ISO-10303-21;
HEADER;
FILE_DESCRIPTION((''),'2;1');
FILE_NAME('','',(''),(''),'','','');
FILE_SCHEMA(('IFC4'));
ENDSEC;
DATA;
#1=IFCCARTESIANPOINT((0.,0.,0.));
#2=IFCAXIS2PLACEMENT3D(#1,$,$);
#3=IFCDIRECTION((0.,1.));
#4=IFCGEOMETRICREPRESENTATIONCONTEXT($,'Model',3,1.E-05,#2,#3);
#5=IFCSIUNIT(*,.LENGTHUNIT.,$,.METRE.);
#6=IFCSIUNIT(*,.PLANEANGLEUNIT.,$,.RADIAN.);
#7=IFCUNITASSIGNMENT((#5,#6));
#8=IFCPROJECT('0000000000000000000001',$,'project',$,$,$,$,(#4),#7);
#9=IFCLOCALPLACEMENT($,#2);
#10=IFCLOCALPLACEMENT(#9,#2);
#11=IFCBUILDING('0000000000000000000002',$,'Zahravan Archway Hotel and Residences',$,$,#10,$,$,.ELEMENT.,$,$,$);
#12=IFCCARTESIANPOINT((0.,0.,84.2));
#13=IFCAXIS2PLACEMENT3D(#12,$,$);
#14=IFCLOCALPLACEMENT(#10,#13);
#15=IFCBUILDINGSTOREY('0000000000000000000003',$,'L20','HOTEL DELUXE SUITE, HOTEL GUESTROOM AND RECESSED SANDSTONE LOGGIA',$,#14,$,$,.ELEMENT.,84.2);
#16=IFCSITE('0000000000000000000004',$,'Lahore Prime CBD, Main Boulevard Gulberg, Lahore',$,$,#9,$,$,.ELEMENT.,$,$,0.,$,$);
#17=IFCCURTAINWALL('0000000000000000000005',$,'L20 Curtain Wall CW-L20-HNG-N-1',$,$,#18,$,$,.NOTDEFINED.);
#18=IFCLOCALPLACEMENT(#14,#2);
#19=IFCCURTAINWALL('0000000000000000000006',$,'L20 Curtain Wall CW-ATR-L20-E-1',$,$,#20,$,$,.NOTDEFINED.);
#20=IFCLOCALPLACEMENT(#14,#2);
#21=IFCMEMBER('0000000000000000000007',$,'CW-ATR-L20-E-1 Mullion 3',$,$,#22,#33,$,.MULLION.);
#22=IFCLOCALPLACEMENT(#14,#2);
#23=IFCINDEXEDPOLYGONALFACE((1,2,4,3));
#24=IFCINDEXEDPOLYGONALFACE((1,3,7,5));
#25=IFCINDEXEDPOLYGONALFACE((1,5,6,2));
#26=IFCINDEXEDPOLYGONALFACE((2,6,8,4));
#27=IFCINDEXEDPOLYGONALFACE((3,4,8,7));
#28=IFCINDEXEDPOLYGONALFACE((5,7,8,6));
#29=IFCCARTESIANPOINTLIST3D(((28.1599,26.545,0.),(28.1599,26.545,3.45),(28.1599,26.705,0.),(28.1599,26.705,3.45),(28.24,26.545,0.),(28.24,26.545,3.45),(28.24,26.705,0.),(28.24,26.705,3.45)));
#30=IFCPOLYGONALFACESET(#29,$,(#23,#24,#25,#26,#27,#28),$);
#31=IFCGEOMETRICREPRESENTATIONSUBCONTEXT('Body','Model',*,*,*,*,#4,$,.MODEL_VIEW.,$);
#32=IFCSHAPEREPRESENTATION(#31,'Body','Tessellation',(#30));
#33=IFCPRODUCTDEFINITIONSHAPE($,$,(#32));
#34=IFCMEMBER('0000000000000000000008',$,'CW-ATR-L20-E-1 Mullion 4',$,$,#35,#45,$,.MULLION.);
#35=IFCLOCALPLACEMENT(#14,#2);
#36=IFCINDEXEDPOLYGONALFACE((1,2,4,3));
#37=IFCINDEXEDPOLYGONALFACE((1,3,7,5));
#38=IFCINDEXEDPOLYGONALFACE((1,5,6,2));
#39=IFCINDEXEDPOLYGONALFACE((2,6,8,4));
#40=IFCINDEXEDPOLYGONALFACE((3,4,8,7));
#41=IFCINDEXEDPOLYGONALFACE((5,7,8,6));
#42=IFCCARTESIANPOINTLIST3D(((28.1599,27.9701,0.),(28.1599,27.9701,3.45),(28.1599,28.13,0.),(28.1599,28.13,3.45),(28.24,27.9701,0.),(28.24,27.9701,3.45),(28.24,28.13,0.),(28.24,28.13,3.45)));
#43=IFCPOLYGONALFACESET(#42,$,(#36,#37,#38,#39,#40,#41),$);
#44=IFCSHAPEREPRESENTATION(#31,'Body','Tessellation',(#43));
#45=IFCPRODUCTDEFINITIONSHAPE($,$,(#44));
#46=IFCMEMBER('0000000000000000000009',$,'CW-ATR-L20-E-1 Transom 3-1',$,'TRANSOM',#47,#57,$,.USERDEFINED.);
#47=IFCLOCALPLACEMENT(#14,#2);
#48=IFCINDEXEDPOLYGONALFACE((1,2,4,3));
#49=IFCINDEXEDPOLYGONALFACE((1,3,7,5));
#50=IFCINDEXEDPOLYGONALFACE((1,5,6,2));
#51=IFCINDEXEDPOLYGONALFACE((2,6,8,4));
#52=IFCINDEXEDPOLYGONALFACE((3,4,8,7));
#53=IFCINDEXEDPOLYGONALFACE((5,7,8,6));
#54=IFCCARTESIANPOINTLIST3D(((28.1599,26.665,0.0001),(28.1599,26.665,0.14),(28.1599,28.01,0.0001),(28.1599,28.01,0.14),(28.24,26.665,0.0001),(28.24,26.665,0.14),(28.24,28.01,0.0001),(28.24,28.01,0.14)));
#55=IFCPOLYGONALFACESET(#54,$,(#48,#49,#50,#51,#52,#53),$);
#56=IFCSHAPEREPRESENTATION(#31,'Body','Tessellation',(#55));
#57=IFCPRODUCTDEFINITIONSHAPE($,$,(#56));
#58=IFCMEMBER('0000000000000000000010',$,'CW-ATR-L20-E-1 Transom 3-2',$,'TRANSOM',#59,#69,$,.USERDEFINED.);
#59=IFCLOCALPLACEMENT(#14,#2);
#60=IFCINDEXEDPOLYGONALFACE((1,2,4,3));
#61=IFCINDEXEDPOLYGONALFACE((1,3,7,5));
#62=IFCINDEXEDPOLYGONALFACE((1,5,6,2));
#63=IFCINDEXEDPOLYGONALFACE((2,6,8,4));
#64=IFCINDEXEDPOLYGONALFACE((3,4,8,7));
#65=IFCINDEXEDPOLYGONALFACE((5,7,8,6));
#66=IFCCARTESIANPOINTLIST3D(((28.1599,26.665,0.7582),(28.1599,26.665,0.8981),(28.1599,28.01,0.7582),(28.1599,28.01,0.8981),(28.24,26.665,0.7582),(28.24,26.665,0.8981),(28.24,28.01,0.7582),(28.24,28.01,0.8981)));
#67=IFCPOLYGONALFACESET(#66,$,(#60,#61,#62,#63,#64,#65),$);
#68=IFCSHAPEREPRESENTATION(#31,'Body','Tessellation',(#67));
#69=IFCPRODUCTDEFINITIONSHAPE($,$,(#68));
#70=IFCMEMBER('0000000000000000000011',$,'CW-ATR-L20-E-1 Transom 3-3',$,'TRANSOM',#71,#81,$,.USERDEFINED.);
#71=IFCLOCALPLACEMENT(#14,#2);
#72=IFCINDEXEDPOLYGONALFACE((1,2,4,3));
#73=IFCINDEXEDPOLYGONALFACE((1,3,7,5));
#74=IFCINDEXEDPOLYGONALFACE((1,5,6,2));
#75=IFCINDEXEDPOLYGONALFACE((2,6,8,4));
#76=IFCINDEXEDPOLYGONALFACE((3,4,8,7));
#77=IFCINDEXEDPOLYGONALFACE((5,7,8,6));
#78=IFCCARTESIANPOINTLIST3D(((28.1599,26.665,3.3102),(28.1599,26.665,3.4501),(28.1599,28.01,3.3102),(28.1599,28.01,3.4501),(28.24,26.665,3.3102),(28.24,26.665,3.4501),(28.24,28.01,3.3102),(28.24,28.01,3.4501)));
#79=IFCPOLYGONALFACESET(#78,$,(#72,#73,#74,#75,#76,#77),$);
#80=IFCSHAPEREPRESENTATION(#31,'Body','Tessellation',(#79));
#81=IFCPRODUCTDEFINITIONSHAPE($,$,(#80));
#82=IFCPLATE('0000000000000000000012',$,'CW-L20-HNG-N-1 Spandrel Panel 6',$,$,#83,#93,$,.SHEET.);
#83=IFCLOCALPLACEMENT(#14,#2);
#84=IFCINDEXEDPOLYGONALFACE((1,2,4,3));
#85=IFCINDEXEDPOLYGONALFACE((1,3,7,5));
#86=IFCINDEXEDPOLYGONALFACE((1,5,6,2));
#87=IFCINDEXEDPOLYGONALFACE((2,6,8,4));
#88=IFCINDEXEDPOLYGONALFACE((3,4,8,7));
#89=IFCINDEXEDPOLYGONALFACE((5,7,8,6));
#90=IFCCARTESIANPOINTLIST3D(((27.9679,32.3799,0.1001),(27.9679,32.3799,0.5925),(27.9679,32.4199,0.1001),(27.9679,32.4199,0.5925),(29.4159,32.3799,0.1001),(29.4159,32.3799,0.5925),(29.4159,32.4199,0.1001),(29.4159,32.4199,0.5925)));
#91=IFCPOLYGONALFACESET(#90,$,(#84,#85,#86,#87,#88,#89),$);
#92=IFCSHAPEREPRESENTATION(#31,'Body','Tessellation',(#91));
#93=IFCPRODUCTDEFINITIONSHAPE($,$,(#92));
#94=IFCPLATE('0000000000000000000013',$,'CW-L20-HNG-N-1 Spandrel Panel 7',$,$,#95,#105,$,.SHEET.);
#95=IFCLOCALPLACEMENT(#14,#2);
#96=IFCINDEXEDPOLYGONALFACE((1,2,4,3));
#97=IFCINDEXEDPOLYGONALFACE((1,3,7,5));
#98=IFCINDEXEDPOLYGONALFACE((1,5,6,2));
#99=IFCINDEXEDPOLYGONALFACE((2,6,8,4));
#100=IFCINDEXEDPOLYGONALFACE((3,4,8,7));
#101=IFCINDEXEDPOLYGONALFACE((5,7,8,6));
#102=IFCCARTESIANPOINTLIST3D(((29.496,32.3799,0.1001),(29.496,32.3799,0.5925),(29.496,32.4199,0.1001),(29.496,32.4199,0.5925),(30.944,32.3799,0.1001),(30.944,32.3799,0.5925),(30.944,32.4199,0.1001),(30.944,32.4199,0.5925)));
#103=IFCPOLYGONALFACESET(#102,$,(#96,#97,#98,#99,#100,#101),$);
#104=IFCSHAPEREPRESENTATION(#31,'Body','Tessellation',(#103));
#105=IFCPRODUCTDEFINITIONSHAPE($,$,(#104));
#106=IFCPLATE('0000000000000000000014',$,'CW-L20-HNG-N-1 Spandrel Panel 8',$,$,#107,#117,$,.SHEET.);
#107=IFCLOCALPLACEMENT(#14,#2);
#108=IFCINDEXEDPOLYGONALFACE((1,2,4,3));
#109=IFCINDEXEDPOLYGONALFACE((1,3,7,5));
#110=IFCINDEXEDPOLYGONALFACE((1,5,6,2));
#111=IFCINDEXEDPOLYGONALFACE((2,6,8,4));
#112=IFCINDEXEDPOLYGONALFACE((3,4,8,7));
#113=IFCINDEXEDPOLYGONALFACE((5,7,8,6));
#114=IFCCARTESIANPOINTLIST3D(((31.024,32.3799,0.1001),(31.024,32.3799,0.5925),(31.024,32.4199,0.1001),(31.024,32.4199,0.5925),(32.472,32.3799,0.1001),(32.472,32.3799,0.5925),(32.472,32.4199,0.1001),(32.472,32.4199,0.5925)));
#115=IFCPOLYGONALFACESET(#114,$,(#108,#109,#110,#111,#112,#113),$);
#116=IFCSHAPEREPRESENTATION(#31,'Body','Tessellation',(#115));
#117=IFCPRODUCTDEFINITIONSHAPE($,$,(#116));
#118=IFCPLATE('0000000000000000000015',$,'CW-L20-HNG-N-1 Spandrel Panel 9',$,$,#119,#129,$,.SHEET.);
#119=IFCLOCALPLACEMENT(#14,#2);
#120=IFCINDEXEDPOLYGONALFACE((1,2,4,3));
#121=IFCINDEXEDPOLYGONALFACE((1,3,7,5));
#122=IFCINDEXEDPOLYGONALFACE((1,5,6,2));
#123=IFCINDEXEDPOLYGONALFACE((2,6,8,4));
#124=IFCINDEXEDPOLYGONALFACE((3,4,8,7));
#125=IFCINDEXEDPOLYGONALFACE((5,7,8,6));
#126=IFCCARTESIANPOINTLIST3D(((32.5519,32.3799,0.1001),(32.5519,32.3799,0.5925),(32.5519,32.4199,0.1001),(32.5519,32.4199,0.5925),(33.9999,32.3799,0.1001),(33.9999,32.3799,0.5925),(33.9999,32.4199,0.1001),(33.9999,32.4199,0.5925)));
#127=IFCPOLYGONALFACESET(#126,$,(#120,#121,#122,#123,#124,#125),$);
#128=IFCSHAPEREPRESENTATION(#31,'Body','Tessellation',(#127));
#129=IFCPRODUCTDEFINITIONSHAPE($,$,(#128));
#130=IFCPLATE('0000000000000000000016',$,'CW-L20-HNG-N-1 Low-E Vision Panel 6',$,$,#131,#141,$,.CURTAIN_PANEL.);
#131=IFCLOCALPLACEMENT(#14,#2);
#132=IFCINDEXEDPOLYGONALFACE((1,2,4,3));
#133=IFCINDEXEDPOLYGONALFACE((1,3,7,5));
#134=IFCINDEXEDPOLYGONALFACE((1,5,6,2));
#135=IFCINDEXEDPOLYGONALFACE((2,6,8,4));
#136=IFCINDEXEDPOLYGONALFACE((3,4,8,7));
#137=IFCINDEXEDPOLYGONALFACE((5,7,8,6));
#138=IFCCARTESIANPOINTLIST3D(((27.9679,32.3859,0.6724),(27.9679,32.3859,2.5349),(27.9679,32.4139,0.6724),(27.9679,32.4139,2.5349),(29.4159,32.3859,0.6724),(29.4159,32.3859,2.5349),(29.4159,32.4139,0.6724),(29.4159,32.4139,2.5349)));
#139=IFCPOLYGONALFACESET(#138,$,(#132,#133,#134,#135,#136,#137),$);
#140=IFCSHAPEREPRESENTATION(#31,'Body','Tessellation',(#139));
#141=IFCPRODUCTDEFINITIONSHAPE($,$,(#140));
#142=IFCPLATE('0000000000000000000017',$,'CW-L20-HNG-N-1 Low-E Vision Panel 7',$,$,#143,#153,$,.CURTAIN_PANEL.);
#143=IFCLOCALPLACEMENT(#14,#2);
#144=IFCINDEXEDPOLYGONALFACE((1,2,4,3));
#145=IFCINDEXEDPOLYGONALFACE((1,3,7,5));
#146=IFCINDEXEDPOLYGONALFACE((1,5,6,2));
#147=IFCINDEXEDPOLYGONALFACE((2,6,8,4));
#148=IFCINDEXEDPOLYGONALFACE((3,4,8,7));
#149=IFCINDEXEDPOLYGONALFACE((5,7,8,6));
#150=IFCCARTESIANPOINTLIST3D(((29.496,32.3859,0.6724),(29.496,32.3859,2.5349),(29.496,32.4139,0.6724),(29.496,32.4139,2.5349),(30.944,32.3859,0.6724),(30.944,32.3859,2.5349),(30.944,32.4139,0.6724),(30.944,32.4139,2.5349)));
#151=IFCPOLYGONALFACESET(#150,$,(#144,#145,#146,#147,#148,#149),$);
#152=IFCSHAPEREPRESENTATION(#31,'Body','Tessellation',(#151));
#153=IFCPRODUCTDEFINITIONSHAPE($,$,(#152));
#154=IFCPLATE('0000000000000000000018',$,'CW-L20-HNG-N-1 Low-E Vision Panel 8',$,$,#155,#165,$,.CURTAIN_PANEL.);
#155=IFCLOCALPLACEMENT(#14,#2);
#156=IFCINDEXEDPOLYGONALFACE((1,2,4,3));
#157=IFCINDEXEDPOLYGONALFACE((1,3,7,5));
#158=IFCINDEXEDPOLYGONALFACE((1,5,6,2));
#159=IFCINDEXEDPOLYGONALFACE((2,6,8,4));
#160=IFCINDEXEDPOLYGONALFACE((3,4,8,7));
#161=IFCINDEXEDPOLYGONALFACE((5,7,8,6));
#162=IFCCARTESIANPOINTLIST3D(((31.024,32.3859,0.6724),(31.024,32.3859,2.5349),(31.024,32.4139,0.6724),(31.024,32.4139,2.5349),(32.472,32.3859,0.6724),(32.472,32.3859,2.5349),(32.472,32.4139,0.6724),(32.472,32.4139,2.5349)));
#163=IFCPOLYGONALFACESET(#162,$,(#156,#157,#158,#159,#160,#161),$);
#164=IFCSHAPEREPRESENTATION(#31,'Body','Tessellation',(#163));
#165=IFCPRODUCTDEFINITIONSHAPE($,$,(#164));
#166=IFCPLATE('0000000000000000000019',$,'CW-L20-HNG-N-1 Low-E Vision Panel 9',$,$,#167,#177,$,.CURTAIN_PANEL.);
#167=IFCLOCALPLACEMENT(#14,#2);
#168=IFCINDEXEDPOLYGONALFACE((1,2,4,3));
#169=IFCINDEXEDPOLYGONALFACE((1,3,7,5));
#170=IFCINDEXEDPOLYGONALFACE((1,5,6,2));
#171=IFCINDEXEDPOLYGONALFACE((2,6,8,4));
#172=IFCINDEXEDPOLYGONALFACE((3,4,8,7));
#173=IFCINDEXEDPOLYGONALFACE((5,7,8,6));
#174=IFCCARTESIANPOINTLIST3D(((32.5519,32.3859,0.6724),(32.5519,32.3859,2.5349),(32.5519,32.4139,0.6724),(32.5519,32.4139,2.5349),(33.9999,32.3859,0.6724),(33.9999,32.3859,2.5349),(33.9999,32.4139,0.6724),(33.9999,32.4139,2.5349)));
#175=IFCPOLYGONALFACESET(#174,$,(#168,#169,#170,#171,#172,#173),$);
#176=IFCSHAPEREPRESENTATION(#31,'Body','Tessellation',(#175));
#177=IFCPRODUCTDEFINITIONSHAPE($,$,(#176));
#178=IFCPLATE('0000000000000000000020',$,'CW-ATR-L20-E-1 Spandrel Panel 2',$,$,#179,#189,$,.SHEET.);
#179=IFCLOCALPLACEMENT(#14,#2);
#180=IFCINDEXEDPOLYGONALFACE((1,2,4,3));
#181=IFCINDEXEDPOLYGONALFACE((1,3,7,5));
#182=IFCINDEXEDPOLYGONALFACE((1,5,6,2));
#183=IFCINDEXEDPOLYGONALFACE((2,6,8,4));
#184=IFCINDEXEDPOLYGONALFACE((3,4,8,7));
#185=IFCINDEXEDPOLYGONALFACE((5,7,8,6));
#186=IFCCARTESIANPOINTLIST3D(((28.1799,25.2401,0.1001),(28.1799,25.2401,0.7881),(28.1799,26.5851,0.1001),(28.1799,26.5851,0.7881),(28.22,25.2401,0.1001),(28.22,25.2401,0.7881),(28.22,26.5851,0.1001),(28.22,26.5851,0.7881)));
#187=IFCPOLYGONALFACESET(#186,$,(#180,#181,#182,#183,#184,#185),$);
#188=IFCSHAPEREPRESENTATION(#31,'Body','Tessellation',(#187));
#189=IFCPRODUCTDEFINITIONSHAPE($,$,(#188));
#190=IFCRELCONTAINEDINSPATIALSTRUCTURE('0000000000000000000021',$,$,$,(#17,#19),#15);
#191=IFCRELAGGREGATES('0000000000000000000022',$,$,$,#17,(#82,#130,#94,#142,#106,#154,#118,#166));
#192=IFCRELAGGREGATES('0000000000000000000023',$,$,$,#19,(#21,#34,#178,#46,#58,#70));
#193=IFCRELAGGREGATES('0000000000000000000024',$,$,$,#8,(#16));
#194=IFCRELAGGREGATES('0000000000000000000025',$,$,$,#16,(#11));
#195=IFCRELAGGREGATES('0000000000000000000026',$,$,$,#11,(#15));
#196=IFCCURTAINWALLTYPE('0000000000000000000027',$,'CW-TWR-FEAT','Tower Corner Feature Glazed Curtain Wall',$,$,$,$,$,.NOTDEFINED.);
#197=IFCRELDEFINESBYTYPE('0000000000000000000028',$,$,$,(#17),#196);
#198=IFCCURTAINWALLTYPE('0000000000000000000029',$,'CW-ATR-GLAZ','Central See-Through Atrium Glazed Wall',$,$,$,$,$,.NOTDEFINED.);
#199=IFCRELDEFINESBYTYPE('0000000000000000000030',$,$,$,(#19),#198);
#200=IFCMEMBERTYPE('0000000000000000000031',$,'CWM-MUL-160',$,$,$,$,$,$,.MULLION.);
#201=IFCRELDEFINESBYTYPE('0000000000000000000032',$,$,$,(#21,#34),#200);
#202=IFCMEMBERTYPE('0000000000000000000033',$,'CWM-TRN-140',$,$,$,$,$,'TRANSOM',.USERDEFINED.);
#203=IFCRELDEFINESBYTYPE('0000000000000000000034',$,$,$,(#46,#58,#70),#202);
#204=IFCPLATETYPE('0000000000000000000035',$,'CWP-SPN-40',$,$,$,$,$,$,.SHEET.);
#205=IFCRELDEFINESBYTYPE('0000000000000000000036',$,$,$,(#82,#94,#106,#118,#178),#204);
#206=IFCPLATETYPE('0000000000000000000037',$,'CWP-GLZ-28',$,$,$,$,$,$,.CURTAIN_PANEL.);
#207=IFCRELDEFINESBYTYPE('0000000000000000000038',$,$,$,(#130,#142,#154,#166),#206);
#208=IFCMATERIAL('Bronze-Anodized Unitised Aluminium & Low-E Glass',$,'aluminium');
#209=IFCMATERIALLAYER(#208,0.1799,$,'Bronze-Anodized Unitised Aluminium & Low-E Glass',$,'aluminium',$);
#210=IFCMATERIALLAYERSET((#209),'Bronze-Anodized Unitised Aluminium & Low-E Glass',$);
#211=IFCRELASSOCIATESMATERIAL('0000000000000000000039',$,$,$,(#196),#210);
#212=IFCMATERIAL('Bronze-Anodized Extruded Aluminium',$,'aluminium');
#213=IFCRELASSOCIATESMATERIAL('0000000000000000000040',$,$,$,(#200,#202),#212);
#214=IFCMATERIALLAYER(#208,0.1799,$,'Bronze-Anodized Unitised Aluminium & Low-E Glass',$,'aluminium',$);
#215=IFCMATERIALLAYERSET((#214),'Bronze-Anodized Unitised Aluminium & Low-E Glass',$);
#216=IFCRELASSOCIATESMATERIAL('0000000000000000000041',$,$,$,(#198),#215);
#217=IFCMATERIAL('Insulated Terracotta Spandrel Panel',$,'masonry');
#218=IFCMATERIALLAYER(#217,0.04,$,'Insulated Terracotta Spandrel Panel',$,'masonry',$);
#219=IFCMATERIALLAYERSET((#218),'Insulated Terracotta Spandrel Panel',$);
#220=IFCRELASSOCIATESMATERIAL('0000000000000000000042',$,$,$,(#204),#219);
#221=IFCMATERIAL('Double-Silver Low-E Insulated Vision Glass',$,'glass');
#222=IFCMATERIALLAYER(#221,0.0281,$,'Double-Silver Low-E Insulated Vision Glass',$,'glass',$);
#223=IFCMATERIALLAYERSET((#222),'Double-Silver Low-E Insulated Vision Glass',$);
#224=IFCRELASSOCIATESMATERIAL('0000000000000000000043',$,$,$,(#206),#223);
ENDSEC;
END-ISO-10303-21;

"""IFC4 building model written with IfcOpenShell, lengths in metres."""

from ifc_helpers import new_model, si_unit, direction, frame, origin, origin_2d, place, context, subcontext, project, spatial, rectangle, extrude, source, transform, mapped, material, layer, layer_set, material_profile, profile_set, type_object, element, aggregate, save


model = new_model("IFC4")

# Units and contexts
model_context = context("Model", 3, precision=1e-05, world=origin(), true_north=direction((0.0, 1.0)))
body_context = subcontext(model_context, "Body", "Model", "MODEL_VIEW")
ifc_project = project(units=[si_unit("LENGTHUNIT", "METRE"), si_unit("PLANEANGLEUNIT", "RADIAN")], contexts=[model_context])

# Site, building, storey
site_placement = place(None, origin())
site = spatial("IfcSite", under=ifc_project, at=site_placement, Name="Lahore Prime CBD, Main Boulevard Gulberg, Lahore", CompositionType="ELEMENT", RefElevation=0.0)
building_placement = place(site_placement, origin())
building = spatial("IfcBuilding", under=site, at=building_placement, Name="Zahravan Archway Hotel and Residences", CompositionType="ELEMENT")
storey_placement = place(building_placement, frame((0.0, 0.0, 84.2)))
storey = spatial("IfcBuildingStorey", under=building, at=storey_placement, Name="L20", Description="HOTEL DELUXE SUITE, HOTEL GUESTROOM AND RECESSED SANDSTONE LOGGIA", CompositionType="ELEMENT", Elevation=84.2)

# Curtain wall
ifc_material_1 = material(Name="Bronze-Anodized Unitised Aluminium & Low-E Glass", Category="aluminium")
ifc_layer_1 = layer(ifc_material_1, 0.1799, Name="Bronze-Anodized Unitised Aluminium & Low-E Glass", Category="aluminium")
ifc_layer_set_1 = layer_set([ifc_layer_1], Name="Bronze-Anodized Unitised Aluminium & Low-E Glass")
curtain_wall_type_1 = type_object("IfcCurtainWallType", Name="CW-TWR-FEAT", Description="Tower Corner Feature Glazed Curtain Wall", PredefinedType="NOTDEFINED", material=ifc_layer_set_1)
curtain_wall_1_placement = place(storey_placement, origin())
curtain_wall_1 = element("IfcCurtainWall", 1, at=curtain_wall_1_placement, inside=storey, type_object=curtain_wall_type_1, Name="L20 Curtain Wall CW-L20-HNG-N-1", PredefinedType="NOTDEFINED")
ifc_material_2 = material(Name="Bronze-Anodized Extruded Aluminium", Category="aluminium")
ifc_material_profile_1 = material_profile(ifc_material_2, rectangle(XDim=0.0801, YDim=0.1599, at=origin_2d()), Name="MUL 80x160", Category="aluminium")
ifc_profile_set_1 = profile_set([ifc_material_profile_1], Name="Bronze-Anodized Extruded Aluminium")
member_type_1 = type_object("IfcMemberType", Name="CWM-MUL-160", PredefinedType="MULLION", material=ifc_profile_set_1)
ifc_material_profile_2 = material_profile(ifc_material_2, rectangle(XDim=0.0801, YDim=0.1399, at=origin_2d()), Name="TRN 80x140", Category="aluminium")
ifc_profile_set_2 = profile_set([ifc_material_profile_2], Name="Bronze-Anodized Extruded Aluminium")
member_type_2 = type_object("IfcMemberType", Name="CWM-TRN-140", ElementType="TRANSOM", PredefinedType="USERDEFINED", material=ifc_profile_set_2)

# Shared definitions
ifc_layer_2 = layer(ifc_material_1, 0.1799, Name="Bronze-Anodized Unitised Aluminium & Low-E Glass", Category="aluminium")
ifc_layer_set_2 = layer_set([ifc_layer_2], Name="Bronze-Anodized Unitised Aluminium & Low-E Glass")
curtain_wall_type_2 = type_object("IfcCurtainWallType", Name="CW-ATR-GLAZ", Description="Central See-Through Atrium Glazed Wall", PredefinedType="NOTDEFINED", material=ifc_layer_set_2)
shared_shape_1 = source(origin(), body_context, "Body", "SweptSolid", [
    extrude(rectangle(XDim=0.0801, YDim=0.1599, at=origin_2d()), origin(), (0.0, 0.0, 1.0), 3.45),
])

# Curtain wall, members
curtain_wall_2_placement = place(storey_placement, origin())
curtain_wall_2 = element("IfcCurtainWall", 2, at=curtain_wall_2_placement, inside=storey, type_object=curtain_wall_type_2, Name="L20 Curtain Wall CW-ATR-L20-E-1", PredefinedType="NOTDEFINED")
member_1_placement = place(storey_placement, frame((28.2, 26.625, 0.0), z_axis=(0.0, 0.0, 1.0), x_axis=(1.0, 0.0, 0.0)))
member_1 = element("IfcMember", 3, at=member_1_placement, type_object=member_type_1, Name="CW-ATR-L20-E-1 Mullion 3", PredefinedType="MULLION", context=body_context, shape_type="MappedRepresentation", body=[
    mapped(shared_shape_1, transform((0.0, 0.0, 0.0), scale=1.0)),
])
member_2_placement = place(storey_placement, frame((28.2, 28.05, 0.0), z_axis=(0.0, 0.0, 1.0), x_axis=(1.0, 0.0, 0.0)))
member_2 = element("IfcMember", 4, at=member_2_placement, type_object=member_type_1, Name="CW-ATR-L20-E-1 Mullion 4", PredefinedType="MULLION", context=body_context, shape_type="MappedRepresentation", body=[
    mapped(shared_shape_1, transform((0.0, 0.0, 0.0), scale=1.0)),
])
shared_shape_2 = source(origin(), body_context, "Body", "SweptSolid", [
    extrude(rectangle(XDim=0.0801, YDim=0.1399, at=origin_2d()), origin(), (0.0, 0.0, 1.0), 1.345),
])
member_3_placement = place(storey_placement, frame((28.2, 26.665, 0.0701), z_axis=(0.0, 1.0, 0.0), x_axis=(-1.0, 0.0, 0.0)))
member_3 = element("IfcMember", 5, at=member_3_placement, type_object=member_type_2, Name="CW-ATR-L20-E-1 Transom 3-1", ObjectType="TRANSOM", PredefinedType="USERDEFINED", context=body_context, shape_type="MappedRepresentation", body=[
    mapped(shared_shape_2, transform((0.0, 0.0, 0.0), scale=1.0)),
])
member_4_placement = place(storey_placement, frame((28.2, 26.665, 0.8281), z_axis=(0.0, 1.0, 0.0), x_axis=(-1.0, 0.0, 0.0)))
member_4 = element("IfcMember", 6, at=member_4_placement, type_object=member_type_2, Name="CW-ATR-L20-E-1 Transom 3-2", ObjectType="TRANSOM", PredefinedType="USERDEFINED", context=body_context, shape_type="MappedRepresentation", body=[
    mapped(shared_shape_2, transform((0.0, 0.0, 0.0), scale=1.0)),
])
member_5_placement = place(storey_placement, frame((28.2, 26.665, 3.3801), z_axis=(0.0, 1.0, 0.0), x_axis=(-1.0, 0.0, 0.0)))
member_5 = element("IfcMember", 7, at=member_5_placement, type_object=member_type_2, Name="CW-ATR-L20-E-1 Transom 3-3", ObjectType="TRANSOM", PredefinedType="USERDEFINED", context=body_context, shape_type="MappedRepresentation", body=[
    mapped(shared_shape_2, transform((0.0, 0.0, 0.0), scale=1.0)),
])

# Plates
ifc_material_3 = material(Name="Insulated Terracotta Spandrel Panel", Category="masonry")
ifc_layer_3 = layer(ifc_material_3, 0.04, Name="Insulated Terracotta Spandrel Panel", Category="masonry")
ifc_layer_set_3 = layer_set([ifc_layer_3], Name="Insulated Terracotta Spandrel Panel")
plate_type_1 = type_object("IfcPlateType", Name="CWP-SPN-40", PredefinedType="SHEET", material=ifc_layer_set_3)
shared_shape_3 = source(origin(), body_context, "Body", "SweptSolid", [
    extrude(rectangle(XDim=1.448, YDim=0.04, at=origin_2d()), origin(), (0.0, 0.0, 1.0), 0.4924),
])
plate_1_placement = place(storey_placement, frame((28.6919, 32.3999, 0.1001), z_axis=(0.0, 0.0, 1.0), x_axis=(1.0, 0.0, 0.0)))
plate_1 = element("IfcPlate", 8, at=plate_1_placement, type_object=plate_type_1, Name="CW-L20-HNG-N-1 Spandrel Panel 6", PredefinedType="SHEET", context=body_context, shape_type="MappedRepresentation", body=[
    mapped(shared_shape_3, transform((0.0, 0.0, 0.0), scale=1.0)),
])
plate_2_placement = place(storey_placement, frame((30.22, 32.3999, 0.1001), z_axis=(0.0, 0.0, 1.0), x_axis=(1.0, 0.0, 0.0)))
plate_2 = element("IfcPlate", 9, at=plate_2_placement, type_object=plate_type_1, Name="CW-L20-HNG-N-1 Spandrel Panel 7", PredefinedType="SHEET", context=body_context, shape_type="MappedRepresentation", body=[
    mapped(shared_shape_3, transform((0.0, 0.0, 0.0), scale=1.0)),
])
plate_3_placement = place(storey_placement, frame((31.748, 32.3999, 0.1001), z_axis=(0.0, 0.0, 1.0), x_axis=(1.0, 0.0, 0.0)))
plate_3 = element("IfcPlate", 10, at=plate_3_placement, type_object=plate_type_1, Name="CW-L20-HNG-N-1 Spandrel Panel 8", PredefinedType="SHEET", context=body_context, shape_type="MappedRepresentation", body=[
    mapped(shared_shape_3, transform((0.0, 0.0, 0.0), scale=1.0)),
])
plate_4_placement = place(storey_placement, frame((33.2759, 32.3999, 0.1001), z_axis=(0.0, 0.0, 1.0), x_axis=(1.0, 0.0, 0.0)))
plate_4 = element("IfcPlate", 11, at=plate_4_placement, type_object=plate_type_1, Name="CW-L20-HNG-N-1 Spandrel Panel 9", PredefinedType="SHEET", context=body_context, shape_type="MappedRepresentation", body=[
    mapped(shared_shape_3, transform((0.0, 0.0, 0.0), scale=1.0)),
])
ifc_material_4 = material(Name="Double-Silver Low-E Insulated Vision Glass", Category="glass")
ifc_layer_4 = layer(ifc_material_4, 0.0281, Name="Double-Silver Low-E Insulated Vision Glass", Category="glass")
ifc_layer_set_4 = layer_set([ifc_layer_4], Name="Double-Silver Low-E Insulated Vision Glass")
plate_type_2 = type_object("IfcPlateType", Name="CWP-GLZ-28", PredefinedType="CURTAIN_PANEL", material=ifc_layer_set_4)
shared_shape_4 = source(origin(), body_context, "Body", "SweptSolid", [
    extrude(rectangle(XDim=1.448, YDim=0.0281, at=origin_2d()), origin(), (0.0, 0.0, 1.0), 1.8625),
])
plate_5_placement = place(storey_placement, frame((28.6919, 32.3999, 0.6724), z_axis=(0.0, 0.0, 1.0), x_axis=(1.0, 0.0, 0.0)))
plate_5 = element("IfcPlate", 12, at=plate_5_placement, type_object=plate_type_2, Name="CW-L20-HNG-N-1 Low-E Vision Panel 6", PredefinedType="CURTAIN_PANEL", context=body_context, shape_type="MappedRepresentation", body=[
    mapped(shared_shape_4, transform((0.0, 0.0, 0.0), scale=1.0)),
])
plate_6_placement = place(storey_placement, frame((30.22, 32.3999, 0.6724), z_axis=(0.0, 0.0, 1.0), x_axis=(1.0, 0.0, 0.0)))
plate_6 = element("IfcPlate", 13, at=plate_6_placement, type_object=plate_type_2, Name="CW-L20-HNG-N-1 Low-E Vision Panel 7", PredefinedType="CURTAIN_PANEL", context=body_context, shape_type="MappedRepresentation", body=[
    mapped(shared_shape_4, transform((0.0, 0.0, 0.0), scale=1.0)),
])
plate_7_placement = place(storey_placement, frame((31.748, 32.3999, 0.6724), z_axis=(0.0, 0.0, 1.0), x_axis=(1.0, 0.0, 0.0)))
plate_7 = element("IfcPlate", 14, at=plate_7_placement, type_object=plate_type_2, Name="CW-L20-HNG-N-1 Low-E Vision Panel 8", PredefinedType="CURTAIN_PANEL", context=body_context, shape_type="MappedRepresentation", body=[
    mapped(shared_shape_4, transform((0.0, 0.0, 0.0), scale=1.0)),
])
plate_8_placement = place(storey_placement, frame((33.2759, 32.3999, 0.6724), z_axis=(0.0, 0.0, 1.0), x_axis=(1.0, 0.0, 0.0)))
plate_8 = element("IfcPlate", 15, at=plate_8_placement, type_object=plate_type_2, Name="CW-L20-HNG-N-1 Low-E Vision Panel 9", PredefinedType="CURTAIN_PANEL", context=body_context, shape_type="MappedRepresentation", body=[
    mapped(shared_shape_4, transform((0.0, 0.0, 0.0), scale=1.0)),
])
aggregate(curtain_wall_1, [plate_1, plate_5, plate_2, plate_6, plate_3, plate_7, plate_4, plate_8])
shared_shape_5 = source(origin(), body_context, "Body", "SweptSolid", [
    extrude(rectangle(XDim=1.345, YDim=0.04, at=origin_2d()), origin(), (0.0, 0.0, 1.0), 0.688),
])
plate_9_placement = place(storey_placement, frame((28.2, 25.9126, 0.1001), z_axis=(0.0, 0.0, 1.0), x_axis=(0.0, 1.0, 0.0)))
plate_9 = element("IfcPlate", 16, at=plate_9_placement, type_object=plate_type_1, Name="CW-ATR-L20-E-1 Spandrel Panel 2", PredefinedType="SHEET", context=body_context, shape_type="MappedRepresentation", body=[
    mapped(shared_shape_5, transform((0.0, 0.0, 0.0), scale=1.0)),
])
aggregate(curtain_wall_2, [member_1, member_2, plate_9, member_3, member_4, member_5])

save(model, "model.ifc")
